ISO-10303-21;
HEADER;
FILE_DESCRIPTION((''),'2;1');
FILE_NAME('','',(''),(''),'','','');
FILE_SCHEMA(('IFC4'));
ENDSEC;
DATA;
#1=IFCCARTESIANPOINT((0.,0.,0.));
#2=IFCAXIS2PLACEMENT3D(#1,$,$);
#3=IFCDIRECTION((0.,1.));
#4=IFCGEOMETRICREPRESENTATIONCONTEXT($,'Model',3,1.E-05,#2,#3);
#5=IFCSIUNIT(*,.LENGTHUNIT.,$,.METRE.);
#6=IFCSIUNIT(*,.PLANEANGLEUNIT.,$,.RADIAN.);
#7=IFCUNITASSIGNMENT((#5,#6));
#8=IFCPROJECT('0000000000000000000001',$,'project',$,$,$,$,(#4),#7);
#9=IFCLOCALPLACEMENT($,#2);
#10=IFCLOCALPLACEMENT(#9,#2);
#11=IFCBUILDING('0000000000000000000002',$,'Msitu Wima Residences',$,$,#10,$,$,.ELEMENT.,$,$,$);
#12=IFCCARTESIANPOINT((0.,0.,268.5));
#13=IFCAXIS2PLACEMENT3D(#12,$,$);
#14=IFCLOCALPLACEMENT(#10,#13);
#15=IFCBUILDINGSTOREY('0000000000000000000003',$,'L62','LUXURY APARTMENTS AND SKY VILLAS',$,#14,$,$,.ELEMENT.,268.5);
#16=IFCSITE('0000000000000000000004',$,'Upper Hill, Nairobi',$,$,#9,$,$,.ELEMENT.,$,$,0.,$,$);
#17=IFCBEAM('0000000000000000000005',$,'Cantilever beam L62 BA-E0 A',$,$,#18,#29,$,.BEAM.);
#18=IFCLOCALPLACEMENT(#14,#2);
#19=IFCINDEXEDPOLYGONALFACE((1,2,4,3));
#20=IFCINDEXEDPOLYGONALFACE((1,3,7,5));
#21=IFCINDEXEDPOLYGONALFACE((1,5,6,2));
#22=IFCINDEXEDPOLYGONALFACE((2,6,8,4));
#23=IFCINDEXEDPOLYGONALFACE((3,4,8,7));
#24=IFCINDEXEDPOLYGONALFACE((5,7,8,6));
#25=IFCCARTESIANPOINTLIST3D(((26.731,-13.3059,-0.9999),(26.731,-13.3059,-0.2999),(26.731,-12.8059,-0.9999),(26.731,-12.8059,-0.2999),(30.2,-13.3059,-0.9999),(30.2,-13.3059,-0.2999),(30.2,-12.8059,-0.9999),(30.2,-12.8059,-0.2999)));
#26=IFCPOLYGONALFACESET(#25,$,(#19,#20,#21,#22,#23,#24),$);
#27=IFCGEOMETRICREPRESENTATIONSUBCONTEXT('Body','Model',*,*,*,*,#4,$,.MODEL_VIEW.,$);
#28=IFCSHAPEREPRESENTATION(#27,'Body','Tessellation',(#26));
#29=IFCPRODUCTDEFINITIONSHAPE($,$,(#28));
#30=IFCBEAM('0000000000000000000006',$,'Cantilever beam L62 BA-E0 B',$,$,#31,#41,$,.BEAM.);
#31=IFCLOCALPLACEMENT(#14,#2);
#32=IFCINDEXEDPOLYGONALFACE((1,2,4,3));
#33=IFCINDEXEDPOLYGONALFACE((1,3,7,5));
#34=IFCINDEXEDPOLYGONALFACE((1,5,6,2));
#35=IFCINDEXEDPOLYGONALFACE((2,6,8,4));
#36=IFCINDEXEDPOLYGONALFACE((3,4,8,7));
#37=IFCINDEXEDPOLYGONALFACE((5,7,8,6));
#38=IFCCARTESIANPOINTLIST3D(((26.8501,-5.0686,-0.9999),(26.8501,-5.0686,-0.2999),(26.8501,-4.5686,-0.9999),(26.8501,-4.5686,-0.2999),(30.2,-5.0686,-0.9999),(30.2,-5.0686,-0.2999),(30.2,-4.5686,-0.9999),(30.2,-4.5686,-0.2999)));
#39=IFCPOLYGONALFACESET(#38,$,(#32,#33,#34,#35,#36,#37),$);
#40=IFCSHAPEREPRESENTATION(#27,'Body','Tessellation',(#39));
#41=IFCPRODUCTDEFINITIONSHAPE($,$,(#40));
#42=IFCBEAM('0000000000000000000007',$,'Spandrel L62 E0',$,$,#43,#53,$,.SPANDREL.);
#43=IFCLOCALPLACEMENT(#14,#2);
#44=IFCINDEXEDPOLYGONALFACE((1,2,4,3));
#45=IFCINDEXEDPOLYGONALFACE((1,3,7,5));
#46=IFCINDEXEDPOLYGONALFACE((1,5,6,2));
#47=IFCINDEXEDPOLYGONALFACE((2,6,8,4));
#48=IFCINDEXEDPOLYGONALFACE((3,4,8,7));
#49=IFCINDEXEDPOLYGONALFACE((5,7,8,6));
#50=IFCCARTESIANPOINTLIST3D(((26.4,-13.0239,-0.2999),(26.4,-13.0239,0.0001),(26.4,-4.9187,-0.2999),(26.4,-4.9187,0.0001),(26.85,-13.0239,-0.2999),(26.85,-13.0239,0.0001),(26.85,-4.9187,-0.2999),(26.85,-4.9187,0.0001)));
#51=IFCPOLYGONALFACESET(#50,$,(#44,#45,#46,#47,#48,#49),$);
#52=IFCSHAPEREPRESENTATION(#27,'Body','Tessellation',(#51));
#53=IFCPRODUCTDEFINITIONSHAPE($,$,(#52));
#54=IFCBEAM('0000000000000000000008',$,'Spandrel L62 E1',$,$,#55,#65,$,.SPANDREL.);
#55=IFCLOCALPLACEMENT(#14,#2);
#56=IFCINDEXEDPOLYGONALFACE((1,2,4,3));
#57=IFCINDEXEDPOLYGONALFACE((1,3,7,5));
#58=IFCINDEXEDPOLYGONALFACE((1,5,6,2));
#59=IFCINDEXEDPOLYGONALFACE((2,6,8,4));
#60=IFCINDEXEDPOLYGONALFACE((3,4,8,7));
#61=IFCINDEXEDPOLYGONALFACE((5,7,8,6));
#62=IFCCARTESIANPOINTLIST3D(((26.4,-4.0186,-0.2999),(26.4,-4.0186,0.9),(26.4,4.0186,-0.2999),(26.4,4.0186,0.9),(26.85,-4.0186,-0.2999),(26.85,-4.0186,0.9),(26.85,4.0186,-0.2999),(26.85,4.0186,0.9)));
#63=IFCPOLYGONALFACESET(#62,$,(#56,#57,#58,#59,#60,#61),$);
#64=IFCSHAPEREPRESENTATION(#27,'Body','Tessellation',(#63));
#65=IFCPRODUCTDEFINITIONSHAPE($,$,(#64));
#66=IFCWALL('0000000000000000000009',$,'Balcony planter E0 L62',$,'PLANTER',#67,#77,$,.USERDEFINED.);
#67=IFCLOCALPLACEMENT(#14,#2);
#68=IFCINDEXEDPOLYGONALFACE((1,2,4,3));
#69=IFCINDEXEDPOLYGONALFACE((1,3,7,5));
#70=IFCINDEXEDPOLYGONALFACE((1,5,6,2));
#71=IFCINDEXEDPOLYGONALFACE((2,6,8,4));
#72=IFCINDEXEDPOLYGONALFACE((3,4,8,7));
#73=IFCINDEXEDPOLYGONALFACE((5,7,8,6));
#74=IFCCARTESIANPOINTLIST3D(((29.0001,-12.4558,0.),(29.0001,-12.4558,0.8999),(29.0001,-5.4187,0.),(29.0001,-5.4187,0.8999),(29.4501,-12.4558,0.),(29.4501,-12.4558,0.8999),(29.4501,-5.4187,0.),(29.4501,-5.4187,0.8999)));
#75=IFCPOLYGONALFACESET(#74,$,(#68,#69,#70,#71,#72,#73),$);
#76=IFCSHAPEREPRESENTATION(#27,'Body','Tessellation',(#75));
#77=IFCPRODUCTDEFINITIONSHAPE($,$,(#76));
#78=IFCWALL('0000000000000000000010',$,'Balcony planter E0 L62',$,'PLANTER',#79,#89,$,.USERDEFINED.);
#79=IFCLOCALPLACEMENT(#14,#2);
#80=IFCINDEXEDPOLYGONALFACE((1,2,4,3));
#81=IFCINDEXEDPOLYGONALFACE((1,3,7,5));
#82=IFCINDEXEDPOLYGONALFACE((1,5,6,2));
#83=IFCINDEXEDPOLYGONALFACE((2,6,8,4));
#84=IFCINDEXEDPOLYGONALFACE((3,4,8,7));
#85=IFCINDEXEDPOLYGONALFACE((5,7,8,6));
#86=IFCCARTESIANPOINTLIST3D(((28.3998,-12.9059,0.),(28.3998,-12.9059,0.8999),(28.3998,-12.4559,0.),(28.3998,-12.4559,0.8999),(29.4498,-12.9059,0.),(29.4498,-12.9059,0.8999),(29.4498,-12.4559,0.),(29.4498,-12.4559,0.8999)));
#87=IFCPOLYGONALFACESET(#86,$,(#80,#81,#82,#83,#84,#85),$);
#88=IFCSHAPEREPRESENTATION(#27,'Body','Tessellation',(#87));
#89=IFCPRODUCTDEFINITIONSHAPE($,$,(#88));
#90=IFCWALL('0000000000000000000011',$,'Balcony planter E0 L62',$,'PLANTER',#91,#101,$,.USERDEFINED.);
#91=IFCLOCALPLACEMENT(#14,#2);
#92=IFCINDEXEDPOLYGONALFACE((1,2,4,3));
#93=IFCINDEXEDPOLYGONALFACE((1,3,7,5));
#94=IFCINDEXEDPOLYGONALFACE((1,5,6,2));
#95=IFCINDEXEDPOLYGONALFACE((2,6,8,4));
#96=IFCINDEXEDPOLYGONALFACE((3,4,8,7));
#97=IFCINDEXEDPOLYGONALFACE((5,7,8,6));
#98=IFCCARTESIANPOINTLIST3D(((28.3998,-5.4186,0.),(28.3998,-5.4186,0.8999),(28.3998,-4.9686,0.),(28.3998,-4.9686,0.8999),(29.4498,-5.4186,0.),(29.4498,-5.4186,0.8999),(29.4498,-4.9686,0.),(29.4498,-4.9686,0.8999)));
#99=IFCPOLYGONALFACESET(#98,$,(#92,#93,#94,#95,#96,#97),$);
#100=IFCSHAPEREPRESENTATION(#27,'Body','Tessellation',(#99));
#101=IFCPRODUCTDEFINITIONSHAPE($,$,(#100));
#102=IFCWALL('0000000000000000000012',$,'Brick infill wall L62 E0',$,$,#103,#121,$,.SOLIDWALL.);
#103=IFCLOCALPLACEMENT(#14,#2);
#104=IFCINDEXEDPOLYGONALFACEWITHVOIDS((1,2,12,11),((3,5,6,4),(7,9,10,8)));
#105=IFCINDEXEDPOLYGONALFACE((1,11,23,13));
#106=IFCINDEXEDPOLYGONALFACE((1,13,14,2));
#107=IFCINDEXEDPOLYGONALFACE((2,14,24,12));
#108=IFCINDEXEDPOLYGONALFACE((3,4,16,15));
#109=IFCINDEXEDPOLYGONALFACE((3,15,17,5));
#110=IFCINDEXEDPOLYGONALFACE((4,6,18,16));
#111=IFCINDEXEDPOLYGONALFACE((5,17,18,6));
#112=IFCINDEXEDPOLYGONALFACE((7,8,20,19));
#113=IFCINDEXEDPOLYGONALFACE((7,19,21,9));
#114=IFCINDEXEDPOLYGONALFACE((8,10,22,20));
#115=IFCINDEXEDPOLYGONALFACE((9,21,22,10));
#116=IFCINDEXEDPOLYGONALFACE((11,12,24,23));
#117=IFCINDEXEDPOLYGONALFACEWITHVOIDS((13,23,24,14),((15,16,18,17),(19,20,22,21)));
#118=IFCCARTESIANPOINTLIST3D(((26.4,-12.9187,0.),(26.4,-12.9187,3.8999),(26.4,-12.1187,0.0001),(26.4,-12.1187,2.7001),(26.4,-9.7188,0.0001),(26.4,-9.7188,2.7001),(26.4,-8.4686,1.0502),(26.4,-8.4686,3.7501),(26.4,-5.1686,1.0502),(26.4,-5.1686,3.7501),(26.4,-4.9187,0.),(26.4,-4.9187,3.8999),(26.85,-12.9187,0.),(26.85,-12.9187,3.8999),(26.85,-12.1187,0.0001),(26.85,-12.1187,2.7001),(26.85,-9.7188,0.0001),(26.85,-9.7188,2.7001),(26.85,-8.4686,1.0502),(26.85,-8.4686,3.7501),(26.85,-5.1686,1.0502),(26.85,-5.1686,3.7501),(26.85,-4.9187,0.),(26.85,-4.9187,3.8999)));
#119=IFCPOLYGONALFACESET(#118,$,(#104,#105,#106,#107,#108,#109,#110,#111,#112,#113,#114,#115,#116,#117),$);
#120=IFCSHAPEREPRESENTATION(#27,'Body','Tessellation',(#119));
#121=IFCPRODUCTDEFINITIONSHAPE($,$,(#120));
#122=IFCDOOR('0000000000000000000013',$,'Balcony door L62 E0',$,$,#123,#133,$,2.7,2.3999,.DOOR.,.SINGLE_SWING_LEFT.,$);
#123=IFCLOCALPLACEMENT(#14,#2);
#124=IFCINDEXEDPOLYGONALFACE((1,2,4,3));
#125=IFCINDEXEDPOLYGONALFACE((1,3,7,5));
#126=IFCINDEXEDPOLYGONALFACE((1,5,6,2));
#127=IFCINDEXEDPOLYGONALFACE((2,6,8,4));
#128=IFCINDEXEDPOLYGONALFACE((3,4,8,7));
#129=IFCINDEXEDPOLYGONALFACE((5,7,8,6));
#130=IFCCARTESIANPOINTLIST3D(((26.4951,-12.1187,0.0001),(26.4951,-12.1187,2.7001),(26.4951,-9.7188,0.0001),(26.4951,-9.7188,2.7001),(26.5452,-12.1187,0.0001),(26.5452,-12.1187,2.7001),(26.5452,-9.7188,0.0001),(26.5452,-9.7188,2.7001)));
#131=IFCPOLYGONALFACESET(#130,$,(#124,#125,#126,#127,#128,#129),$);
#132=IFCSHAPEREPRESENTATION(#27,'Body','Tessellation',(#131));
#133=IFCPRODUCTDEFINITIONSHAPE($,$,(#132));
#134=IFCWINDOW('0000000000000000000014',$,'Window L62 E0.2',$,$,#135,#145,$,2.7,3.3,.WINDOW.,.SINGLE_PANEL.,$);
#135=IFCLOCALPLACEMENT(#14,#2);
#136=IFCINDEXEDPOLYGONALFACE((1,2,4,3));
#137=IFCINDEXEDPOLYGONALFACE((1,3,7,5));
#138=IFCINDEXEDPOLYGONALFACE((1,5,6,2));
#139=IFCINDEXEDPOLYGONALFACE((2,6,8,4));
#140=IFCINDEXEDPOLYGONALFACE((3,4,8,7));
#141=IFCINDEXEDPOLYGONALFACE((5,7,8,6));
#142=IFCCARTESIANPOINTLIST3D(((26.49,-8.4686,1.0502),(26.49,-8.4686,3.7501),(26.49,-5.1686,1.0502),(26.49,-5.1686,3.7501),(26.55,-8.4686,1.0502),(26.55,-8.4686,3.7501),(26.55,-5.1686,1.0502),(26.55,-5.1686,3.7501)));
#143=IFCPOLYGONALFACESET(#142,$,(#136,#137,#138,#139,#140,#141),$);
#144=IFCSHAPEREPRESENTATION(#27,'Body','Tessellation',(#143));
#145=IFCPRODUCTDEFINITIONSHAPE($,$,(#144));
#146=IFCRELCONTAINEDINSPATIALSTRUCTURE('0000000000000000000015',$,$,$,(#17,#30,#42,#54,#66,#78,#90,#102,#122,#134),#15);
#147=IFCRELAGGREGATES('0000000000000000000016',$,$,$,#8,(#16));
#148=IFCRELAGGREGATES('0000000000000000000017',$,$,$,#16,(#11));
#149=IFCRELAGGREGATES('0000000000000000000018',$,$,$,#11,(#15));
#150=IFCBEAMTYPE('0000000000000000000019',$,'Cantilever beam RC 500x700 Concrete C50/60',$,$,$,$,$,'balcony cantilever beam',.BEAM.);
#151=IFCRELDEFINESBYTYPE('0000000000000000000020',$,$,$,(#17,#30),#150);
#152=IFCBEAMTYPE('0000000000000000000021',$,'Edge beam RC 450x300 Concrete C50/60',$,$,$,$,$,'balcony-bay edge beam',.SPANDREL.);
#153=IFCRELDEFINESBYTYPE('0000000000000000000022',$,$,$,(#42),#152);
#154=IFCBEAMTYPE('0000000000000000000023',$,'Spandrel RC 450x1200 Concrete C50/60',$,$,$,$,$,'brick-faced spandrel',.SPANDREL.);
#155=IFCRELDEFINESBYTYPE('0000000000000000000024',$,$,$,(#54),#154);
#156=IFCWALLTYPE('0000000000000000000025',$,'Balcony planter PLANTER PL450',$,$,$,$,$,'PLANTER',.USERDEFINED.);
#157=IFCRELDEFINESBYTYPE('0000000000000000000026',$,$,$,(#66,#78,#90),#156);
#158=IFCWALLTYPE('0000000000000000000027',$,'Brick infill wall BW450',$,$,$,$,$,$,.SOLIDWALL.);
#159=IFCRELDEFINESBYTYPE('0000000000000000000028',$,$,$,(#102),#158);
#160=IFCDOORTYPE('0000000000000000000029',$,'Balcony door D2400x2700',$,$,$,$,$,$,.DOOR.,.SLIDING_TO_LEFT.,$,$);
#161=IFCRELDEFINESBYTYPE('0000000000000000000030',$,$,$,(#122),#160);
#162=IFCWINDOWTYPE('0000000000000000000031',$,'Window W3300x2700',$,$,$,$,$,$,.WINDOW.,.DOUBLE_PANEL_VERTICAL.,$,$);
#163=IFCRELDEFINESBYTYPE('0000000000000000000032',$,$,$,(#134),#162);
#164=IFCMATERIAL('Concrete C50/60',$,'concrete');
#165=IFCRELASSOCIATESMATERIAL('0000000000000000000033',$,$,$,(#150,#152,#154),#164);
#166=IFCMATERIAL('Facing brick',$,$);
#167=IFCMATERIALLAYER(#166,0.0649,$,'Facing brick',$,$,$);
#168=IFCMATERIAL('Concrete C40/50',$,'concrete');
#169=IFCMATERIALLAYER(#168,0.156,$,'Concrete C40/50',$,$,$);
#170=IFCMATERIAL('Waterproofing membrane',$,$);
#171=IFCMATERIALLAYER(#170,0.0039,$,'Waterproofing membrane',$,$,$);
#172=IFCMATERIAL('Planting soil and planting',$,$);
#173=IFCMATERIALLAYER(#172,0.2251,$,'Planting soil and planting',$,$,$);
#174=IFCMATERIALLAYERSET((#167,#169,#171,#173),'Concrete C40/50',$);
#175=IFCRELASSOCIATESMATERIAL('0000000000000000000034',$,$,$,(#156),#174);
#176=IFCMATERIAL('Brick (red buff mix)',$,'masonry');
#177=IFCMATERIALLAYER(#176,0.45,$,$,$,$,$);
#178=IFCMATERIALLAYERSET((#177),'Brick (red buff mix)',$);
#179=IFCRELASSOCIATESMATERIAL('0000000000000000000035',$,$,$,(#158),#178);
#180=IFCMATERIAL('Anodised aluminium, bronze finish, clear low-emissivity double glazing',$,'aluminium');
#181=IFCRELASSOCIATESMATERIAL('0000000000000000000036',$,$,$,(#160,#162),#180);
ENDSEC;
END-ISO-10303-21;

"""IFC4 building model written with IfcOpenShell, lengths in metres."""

from ifc_helpers import new_model, si_unit, direction, frame, frame_2d, origin, origin_2d, place, context, subcontext, project, spatial, rectangle, extrude, material, layer, layer_set, material_profile, profile_set, type_object, element, fill, save


model = new_model("IFC4")

# Units and contexts
model_context = context("Model", 3, precision=1e-05, world=origin(), true_north=direction((0.0, 1.0)))
body_context = subcontext(model_context, "Body", "Model", "MODEL_VIEW")
ifc_project = project(units=[si_unit("LENGTHUNIT", "METRE"), si_unit("PLANEANGLEUNIT", "RADIAN")], contexts=[model_context])

# Site, building, storey
site_placement = place(None, origin())
site = spatial("IfcSite", under=ifc_project, at=site_placement, Name="Upper Hill, Nairobi", CompositionType="ELEMENT", RefElevation=0.0)
building_placement = place(site_placement, origin())
building = spatial("IfcBuilding", under=site, at=building_placement, Name="Msitu Wima Residences", CompositionType="ELEMENT")
storey_placement = place(building_placement, frame((0.0, 0.0, 268.5)))
storey = spatial("IfcBuildingStorey", under=building, at=storey_placement, Name="L62", Description="LUXURY APARTMENTS AND SKY VILLAS", CompositionType="ELEMENT", Elevation=268.5)

# Beams
ifc_material_1 = material(Name="Concrete C50/60", Category="concrete")
ifc_material_profile_1 = material_profile(ifc_material_1, rectangle(XDim=0.5, YDim=0.7, at=origin_2d()), Name="RC 500x700")
ifc_profile_set_1 = profile_set([ifc_material_profile_1], Name="Concrete C50/60")
beam_type_1 = type_object("IfcBeamType", Name="Cantilever beam RC 500x700 Concrete C50/60", ElementType="balcony cantilever beam", PredefinedType="BEAM", material=ifc_profile_set_1)
beam_1_placement = place(storey_placement, frame((26.731, -13.0559, -0.6499), z_axis=(1.0, 0.0, 0.0), x_axis=(0.0, 1.0, 0.0)))
element("IfcBeam", 1, at=beam_1_placement, inside=storey, type_object=beam_type_1, Name="Cantilever beam L62 BA-E0 A", PredefinedType="BEAM", context=body_context, shape_type="SweptSolid", body=[
    extrude(rectangle(XDim=0.5, YDim=0.7, at=origin_2d()), origin(), (0.0, 0.0, 1.0), 3.469),
])
beam_2_placement = place(storey_placement, frame((26.8501, -4.8186, -0.6499), z_axis=(1.0, 0.0, 0.0), x_axis=(0.0, 1.0, 0.0)))
element("IfcBeam", 2, at=beam_2_placement, inside=storey, type_object=beam_type_1, Name="Cantilever beam L62 BA-E0 B", PredefinedType="BEAM", context=body_context, shape_type="SweptSolid", body=[
    extrude(rectangle(XDim=0.5, YDim=0.7, at=origin_2d()), origin(), (0.0, 0.0, 1.0), 3.3499),
])
ifc_material_profile_2 = material_profile(ifc_material_1, rectangle(XDim=0.45, YDim=0.3, at=origin_2d()), Name="RC 450x300")
ifc_profile_set_2 = profile_set([ifc_material_profile_2], Name="Concrete C50/60")
beam_type_2 = type_object("IfcBeamType", Name="Edge beam RC 450x300 Concrete C50/60", ElementType="balcony-bay edge beam", PredefinedType="SPANDREL", material=ifc_profile_set_2)
beam_3_placement = place(storey_placement, frame((26.625, -13.0239, -0.1499), z_axis=(0.0, 1.0, 0.0), x_axis=(-1.0, 0.0, 0.0)))
element("IfcBeam", 3, at=beam_3_placement, inside=storey, type_object=beam_type_2, Name="Spandrel L62 E0", PredefinedType="SPANDREL", context=body_context, shape_type="SweptSolid", body=[
    extrude(rectangle(XDim=0.45, YDim=0.3, at=origin_2d()), origin(), (0.0, 0.0, 1.0), 8.1052),
])
ifc_material_profile_3 = material_profile(ifc_material_1, rectangle(XDim=0.45, YDim=1.2, at=origin_2d()), Name="RC 450x1200")
ifc_profile_set_3 = profile_set([ifc_material_profile_3], Name="Concrete C50/60")
beam_type_3 = type_object("IfcBeamType", Name="Spandrel RC 450x1200 Concrete C50/60", ElementType="brick-faced spandrel", PredefinedType="SPANDREL", material=ifc_profile_set_3)
beam_4_placement = place(storey_placement, frame((26.625, -4.0186, 0.3), z_axis=(0.0, 1.0, 0.0), x_axis=(-1.0, 0.0, 0.0)))
element("IfcBeam", 4, at=beam_4_placement, inside=storey, type_object=beam_type_3, Name="Spandrel L62 E1", PredefinedType="SPANDREL", context=body_context, shape_type="SweptSolid", body=[
    extrude(rectangle(XDim=0.45, YDim=1.2, at=origin_2d()), origin(), (0.0, 0.0, 1.0), 8.0371),
])

# Walls
ifc_material_2 = material(Name="Facing brick")
ifc_layer_1 = layer(ifc_material_2, 0.0649, Name="Facing brick")
ifc_material_3 = material(Name="Concrete C40/50", Category="concrete")
ifc_layer_2 = layer(ifc_material_3, 0.156, Name="Concrete C40/50")
ifc_material_4 = material(Name="Waterproofing membrane")
ifc_layer_3 = layer(ifc_material_4, 0.0039, Name="Waterproofing membrane")
ifc_material_5 = material(Name="Planting soil and planting")
ifc_layer_4 = layer(ifc_material_5, 0.2251, Name="Planting soil and planting")
ifc_layer_set_1 = layer_set([ifc_layer_1, ifc_layer_2, ifc_layer_3, ifc_layer_4], Name="Concrete C40/50")
wall_type_1 = type_object("IfcWallType", Name="Balcony planter PLANTER PL450", ElementType="PLANTER", PredefinedType="USERDEFINED", material=ifc_layer_set_1)
wall_1_placement = place(storey_placement, frame((29.2251, -12.4558, 0.0), z_axis=(0.0, 0.0, 1.0), x_axis=(0.0, 1.0, 0.0)))
element("IfcWall", 5, at=wall_1_placement, inside=storey, type_object=wall_type_1, Name="Balcony planter E0 L62", ObjectType="PLANTER", PredefinedType="USERDEFINED", context=body_context, shape_type="SweptSolid", body=[
    extrude(rectangle(XDim=7.0371, YDim=0.45, at=frame_2d((3.5186, 0.0))), origin(), (0.0, 0.0, 1.0), 0.8999),
])
for number, where, z_axis, x_axis, name in (
    (6, (28.3999, -12.6809, 0.0), (0.0, 0.0, 1.0), (1.0, 0.0, 0.0), "Balcony planter E0 L62"),
    (7, (28.3999, -5.1936, 0.0), (0.0, 0.0, 1.0), (1.0, 0.0, 0.0), "Balcony planter E0 L62"),
):
    element("IfcWall", number, at=place(storey_placement, frame(where, z_axis=z_axis, x_axis=x_axis)), inside=storey, type_object=wall_type_1, Name=name, ObjectType="PLANTER", PredefinedType="USERDEFINED", context=body_context, shape_type="SweptSolid", body=[
        extrude(rectangle(XDim=1.05, YDim=0.45, at=frame_2d((0.5249, 0.0))), origin(), (0.0, 0.0, 1.0), 0.8999),
    ])

# Wall, openings, door, window
ifc_material_6 = material(Name="Brick (red buff mix)", Category="masonry")
ifc_layer_5 = layer(ifc_material_6, 0.45)
ifc_layer_set_2 = layer_set([ifc_layer_5], Name="Brick (red buff mix)")
wall_type_2 = type_object("IfcWallType", Name="Brick infill wall BW450", PredefinedType="SOLIDWALL", material=ifc_layer_set_2)
wall_2_placement = place(storey_placement, frame((26.625, -12.9187, 0.0), z_axis=(0.0, 0.0, 1.0), x_axis=(0.0, 1.0, 0.0)))
wall_2 = element("IfcWall", 8, at=wall_2_placement, inside=storey, type_object=wall_type_2, Name="Brick infill wall L62 E0", PredefinedType="SOLIDWALL", context=body_context, shape_type="SweptSolid", body=[
    extrude(rectangle(XDim=8.0, YDim=0.45, at=frame_2d((4.0, 0.0))), origin(), (0.0, 0.0, 1.0), 3.8999),
])
opening_1_placement = place(wall_2_placement, frame((0.8, 0.0, 0.0)))
opening_1 = element("IfcOpeningElement", 9, at=opening_1_placement, cuts=wall_2, PredefinedType="OPENING", context=body_context, shape_type="SweptSolid", body=[
    extrude(rectangle(XDim=2.3999, YDim=2.7, at=frame_2d((1.2, 1.3501))), frame((0.0, 0.2349, 0.0), z_axis=(0.0, -1.0, 0.0), x_axis=(1.0, 0.0, 0.0)), (0.0, 0.0, 1.0), 0.47),
])
opening_2_placement = place(wall_2_placement, frame((4.4502, 0.0, 1.05)))
opening_2 = element("IfcOpeningElement", 10, at=opening_2_placement, cuts=wall_2, PredefinedType="OPENING", context=body_context, shape_type="SweptSolid", body=[
    extrude(rectangle(XDim=3.3, YDim=2.7, at=frame_2d((1.6499, 1.3501))), frame((0.0, 0.2349, 0.0), z_axis=(0.0, -1.0, 0.0), x_axis=(1.0, 0.0, 0.0)), (0.0, 0.0, 1.0), 0.47),
])
ifc_material_7 = material(Name="Anodised aluminium, bronze finish, clear low-emissivity double glazing", Category="aluminium")
door_type = type_object("IfcDoorType", Name="Balcony door D2400x2700", OperationType="SLIDING_TO_LEFT", PredefinedType="DOOR", material=ifc_material_7)
door_placement = place(opening_1_placement, origin())
door = element("IfcDoor", 11, at=door_placement, inside=storey, type_object=door_type, Name="Balcony door L62 E0", OperationType="SINGLE_SWING_LEFT", OverallHeight=2.7, OverallWidth=2.3999, PredefinedType="DOOR", context=body_context, shape_type="SweptSolid", body=[
    extrude(rectangle(XDim=2.3999, YDim=2.7, at=frame_2d((1.2, 1.3501))), frame((0.0, 0.1299, 0.0), z_axis=(0.0, -1.0, 0.0), x_axis=(1.0, 0.0, 0.0)), (0.0, 0.0, 1.0), 0.05),
])
fill(opening_1, door)
window_type = type_object("IfcWindowType", Name="Window W3300x2700", PartitioningType="DOUBLE_PANEL_VERTICAL", PredefinedType="WINDOW", material=ifc_material_7)
window_1_placement = place(opening_2_placement, origin())
window_1 = element("IfcWindow", 12, at=window_1_placement, inside=storey, type_object=window_type, Name="Window L62 E0.2", OverallHeight=2.7, OverallWidth=3.3, PartitioningType="SINGLE_PANEL", PredefinedType="WINDOW", context=body_context, shape_type="SweptSolid", body=[
    extrude(rectangle(XDim=3.3, YDim=2.7, at=frame_2d((1.6499, 1.3501))), frame((0.0, 0.135, 0.0), z_axis=(0.0, -1.0, 0.0), x_axis=(1.0, 0.0, 0.0)), (0.0, 0.0, 1.0), 0.0601),
])
fill(opening_2, window_1)

save(model, "model.ifc")
